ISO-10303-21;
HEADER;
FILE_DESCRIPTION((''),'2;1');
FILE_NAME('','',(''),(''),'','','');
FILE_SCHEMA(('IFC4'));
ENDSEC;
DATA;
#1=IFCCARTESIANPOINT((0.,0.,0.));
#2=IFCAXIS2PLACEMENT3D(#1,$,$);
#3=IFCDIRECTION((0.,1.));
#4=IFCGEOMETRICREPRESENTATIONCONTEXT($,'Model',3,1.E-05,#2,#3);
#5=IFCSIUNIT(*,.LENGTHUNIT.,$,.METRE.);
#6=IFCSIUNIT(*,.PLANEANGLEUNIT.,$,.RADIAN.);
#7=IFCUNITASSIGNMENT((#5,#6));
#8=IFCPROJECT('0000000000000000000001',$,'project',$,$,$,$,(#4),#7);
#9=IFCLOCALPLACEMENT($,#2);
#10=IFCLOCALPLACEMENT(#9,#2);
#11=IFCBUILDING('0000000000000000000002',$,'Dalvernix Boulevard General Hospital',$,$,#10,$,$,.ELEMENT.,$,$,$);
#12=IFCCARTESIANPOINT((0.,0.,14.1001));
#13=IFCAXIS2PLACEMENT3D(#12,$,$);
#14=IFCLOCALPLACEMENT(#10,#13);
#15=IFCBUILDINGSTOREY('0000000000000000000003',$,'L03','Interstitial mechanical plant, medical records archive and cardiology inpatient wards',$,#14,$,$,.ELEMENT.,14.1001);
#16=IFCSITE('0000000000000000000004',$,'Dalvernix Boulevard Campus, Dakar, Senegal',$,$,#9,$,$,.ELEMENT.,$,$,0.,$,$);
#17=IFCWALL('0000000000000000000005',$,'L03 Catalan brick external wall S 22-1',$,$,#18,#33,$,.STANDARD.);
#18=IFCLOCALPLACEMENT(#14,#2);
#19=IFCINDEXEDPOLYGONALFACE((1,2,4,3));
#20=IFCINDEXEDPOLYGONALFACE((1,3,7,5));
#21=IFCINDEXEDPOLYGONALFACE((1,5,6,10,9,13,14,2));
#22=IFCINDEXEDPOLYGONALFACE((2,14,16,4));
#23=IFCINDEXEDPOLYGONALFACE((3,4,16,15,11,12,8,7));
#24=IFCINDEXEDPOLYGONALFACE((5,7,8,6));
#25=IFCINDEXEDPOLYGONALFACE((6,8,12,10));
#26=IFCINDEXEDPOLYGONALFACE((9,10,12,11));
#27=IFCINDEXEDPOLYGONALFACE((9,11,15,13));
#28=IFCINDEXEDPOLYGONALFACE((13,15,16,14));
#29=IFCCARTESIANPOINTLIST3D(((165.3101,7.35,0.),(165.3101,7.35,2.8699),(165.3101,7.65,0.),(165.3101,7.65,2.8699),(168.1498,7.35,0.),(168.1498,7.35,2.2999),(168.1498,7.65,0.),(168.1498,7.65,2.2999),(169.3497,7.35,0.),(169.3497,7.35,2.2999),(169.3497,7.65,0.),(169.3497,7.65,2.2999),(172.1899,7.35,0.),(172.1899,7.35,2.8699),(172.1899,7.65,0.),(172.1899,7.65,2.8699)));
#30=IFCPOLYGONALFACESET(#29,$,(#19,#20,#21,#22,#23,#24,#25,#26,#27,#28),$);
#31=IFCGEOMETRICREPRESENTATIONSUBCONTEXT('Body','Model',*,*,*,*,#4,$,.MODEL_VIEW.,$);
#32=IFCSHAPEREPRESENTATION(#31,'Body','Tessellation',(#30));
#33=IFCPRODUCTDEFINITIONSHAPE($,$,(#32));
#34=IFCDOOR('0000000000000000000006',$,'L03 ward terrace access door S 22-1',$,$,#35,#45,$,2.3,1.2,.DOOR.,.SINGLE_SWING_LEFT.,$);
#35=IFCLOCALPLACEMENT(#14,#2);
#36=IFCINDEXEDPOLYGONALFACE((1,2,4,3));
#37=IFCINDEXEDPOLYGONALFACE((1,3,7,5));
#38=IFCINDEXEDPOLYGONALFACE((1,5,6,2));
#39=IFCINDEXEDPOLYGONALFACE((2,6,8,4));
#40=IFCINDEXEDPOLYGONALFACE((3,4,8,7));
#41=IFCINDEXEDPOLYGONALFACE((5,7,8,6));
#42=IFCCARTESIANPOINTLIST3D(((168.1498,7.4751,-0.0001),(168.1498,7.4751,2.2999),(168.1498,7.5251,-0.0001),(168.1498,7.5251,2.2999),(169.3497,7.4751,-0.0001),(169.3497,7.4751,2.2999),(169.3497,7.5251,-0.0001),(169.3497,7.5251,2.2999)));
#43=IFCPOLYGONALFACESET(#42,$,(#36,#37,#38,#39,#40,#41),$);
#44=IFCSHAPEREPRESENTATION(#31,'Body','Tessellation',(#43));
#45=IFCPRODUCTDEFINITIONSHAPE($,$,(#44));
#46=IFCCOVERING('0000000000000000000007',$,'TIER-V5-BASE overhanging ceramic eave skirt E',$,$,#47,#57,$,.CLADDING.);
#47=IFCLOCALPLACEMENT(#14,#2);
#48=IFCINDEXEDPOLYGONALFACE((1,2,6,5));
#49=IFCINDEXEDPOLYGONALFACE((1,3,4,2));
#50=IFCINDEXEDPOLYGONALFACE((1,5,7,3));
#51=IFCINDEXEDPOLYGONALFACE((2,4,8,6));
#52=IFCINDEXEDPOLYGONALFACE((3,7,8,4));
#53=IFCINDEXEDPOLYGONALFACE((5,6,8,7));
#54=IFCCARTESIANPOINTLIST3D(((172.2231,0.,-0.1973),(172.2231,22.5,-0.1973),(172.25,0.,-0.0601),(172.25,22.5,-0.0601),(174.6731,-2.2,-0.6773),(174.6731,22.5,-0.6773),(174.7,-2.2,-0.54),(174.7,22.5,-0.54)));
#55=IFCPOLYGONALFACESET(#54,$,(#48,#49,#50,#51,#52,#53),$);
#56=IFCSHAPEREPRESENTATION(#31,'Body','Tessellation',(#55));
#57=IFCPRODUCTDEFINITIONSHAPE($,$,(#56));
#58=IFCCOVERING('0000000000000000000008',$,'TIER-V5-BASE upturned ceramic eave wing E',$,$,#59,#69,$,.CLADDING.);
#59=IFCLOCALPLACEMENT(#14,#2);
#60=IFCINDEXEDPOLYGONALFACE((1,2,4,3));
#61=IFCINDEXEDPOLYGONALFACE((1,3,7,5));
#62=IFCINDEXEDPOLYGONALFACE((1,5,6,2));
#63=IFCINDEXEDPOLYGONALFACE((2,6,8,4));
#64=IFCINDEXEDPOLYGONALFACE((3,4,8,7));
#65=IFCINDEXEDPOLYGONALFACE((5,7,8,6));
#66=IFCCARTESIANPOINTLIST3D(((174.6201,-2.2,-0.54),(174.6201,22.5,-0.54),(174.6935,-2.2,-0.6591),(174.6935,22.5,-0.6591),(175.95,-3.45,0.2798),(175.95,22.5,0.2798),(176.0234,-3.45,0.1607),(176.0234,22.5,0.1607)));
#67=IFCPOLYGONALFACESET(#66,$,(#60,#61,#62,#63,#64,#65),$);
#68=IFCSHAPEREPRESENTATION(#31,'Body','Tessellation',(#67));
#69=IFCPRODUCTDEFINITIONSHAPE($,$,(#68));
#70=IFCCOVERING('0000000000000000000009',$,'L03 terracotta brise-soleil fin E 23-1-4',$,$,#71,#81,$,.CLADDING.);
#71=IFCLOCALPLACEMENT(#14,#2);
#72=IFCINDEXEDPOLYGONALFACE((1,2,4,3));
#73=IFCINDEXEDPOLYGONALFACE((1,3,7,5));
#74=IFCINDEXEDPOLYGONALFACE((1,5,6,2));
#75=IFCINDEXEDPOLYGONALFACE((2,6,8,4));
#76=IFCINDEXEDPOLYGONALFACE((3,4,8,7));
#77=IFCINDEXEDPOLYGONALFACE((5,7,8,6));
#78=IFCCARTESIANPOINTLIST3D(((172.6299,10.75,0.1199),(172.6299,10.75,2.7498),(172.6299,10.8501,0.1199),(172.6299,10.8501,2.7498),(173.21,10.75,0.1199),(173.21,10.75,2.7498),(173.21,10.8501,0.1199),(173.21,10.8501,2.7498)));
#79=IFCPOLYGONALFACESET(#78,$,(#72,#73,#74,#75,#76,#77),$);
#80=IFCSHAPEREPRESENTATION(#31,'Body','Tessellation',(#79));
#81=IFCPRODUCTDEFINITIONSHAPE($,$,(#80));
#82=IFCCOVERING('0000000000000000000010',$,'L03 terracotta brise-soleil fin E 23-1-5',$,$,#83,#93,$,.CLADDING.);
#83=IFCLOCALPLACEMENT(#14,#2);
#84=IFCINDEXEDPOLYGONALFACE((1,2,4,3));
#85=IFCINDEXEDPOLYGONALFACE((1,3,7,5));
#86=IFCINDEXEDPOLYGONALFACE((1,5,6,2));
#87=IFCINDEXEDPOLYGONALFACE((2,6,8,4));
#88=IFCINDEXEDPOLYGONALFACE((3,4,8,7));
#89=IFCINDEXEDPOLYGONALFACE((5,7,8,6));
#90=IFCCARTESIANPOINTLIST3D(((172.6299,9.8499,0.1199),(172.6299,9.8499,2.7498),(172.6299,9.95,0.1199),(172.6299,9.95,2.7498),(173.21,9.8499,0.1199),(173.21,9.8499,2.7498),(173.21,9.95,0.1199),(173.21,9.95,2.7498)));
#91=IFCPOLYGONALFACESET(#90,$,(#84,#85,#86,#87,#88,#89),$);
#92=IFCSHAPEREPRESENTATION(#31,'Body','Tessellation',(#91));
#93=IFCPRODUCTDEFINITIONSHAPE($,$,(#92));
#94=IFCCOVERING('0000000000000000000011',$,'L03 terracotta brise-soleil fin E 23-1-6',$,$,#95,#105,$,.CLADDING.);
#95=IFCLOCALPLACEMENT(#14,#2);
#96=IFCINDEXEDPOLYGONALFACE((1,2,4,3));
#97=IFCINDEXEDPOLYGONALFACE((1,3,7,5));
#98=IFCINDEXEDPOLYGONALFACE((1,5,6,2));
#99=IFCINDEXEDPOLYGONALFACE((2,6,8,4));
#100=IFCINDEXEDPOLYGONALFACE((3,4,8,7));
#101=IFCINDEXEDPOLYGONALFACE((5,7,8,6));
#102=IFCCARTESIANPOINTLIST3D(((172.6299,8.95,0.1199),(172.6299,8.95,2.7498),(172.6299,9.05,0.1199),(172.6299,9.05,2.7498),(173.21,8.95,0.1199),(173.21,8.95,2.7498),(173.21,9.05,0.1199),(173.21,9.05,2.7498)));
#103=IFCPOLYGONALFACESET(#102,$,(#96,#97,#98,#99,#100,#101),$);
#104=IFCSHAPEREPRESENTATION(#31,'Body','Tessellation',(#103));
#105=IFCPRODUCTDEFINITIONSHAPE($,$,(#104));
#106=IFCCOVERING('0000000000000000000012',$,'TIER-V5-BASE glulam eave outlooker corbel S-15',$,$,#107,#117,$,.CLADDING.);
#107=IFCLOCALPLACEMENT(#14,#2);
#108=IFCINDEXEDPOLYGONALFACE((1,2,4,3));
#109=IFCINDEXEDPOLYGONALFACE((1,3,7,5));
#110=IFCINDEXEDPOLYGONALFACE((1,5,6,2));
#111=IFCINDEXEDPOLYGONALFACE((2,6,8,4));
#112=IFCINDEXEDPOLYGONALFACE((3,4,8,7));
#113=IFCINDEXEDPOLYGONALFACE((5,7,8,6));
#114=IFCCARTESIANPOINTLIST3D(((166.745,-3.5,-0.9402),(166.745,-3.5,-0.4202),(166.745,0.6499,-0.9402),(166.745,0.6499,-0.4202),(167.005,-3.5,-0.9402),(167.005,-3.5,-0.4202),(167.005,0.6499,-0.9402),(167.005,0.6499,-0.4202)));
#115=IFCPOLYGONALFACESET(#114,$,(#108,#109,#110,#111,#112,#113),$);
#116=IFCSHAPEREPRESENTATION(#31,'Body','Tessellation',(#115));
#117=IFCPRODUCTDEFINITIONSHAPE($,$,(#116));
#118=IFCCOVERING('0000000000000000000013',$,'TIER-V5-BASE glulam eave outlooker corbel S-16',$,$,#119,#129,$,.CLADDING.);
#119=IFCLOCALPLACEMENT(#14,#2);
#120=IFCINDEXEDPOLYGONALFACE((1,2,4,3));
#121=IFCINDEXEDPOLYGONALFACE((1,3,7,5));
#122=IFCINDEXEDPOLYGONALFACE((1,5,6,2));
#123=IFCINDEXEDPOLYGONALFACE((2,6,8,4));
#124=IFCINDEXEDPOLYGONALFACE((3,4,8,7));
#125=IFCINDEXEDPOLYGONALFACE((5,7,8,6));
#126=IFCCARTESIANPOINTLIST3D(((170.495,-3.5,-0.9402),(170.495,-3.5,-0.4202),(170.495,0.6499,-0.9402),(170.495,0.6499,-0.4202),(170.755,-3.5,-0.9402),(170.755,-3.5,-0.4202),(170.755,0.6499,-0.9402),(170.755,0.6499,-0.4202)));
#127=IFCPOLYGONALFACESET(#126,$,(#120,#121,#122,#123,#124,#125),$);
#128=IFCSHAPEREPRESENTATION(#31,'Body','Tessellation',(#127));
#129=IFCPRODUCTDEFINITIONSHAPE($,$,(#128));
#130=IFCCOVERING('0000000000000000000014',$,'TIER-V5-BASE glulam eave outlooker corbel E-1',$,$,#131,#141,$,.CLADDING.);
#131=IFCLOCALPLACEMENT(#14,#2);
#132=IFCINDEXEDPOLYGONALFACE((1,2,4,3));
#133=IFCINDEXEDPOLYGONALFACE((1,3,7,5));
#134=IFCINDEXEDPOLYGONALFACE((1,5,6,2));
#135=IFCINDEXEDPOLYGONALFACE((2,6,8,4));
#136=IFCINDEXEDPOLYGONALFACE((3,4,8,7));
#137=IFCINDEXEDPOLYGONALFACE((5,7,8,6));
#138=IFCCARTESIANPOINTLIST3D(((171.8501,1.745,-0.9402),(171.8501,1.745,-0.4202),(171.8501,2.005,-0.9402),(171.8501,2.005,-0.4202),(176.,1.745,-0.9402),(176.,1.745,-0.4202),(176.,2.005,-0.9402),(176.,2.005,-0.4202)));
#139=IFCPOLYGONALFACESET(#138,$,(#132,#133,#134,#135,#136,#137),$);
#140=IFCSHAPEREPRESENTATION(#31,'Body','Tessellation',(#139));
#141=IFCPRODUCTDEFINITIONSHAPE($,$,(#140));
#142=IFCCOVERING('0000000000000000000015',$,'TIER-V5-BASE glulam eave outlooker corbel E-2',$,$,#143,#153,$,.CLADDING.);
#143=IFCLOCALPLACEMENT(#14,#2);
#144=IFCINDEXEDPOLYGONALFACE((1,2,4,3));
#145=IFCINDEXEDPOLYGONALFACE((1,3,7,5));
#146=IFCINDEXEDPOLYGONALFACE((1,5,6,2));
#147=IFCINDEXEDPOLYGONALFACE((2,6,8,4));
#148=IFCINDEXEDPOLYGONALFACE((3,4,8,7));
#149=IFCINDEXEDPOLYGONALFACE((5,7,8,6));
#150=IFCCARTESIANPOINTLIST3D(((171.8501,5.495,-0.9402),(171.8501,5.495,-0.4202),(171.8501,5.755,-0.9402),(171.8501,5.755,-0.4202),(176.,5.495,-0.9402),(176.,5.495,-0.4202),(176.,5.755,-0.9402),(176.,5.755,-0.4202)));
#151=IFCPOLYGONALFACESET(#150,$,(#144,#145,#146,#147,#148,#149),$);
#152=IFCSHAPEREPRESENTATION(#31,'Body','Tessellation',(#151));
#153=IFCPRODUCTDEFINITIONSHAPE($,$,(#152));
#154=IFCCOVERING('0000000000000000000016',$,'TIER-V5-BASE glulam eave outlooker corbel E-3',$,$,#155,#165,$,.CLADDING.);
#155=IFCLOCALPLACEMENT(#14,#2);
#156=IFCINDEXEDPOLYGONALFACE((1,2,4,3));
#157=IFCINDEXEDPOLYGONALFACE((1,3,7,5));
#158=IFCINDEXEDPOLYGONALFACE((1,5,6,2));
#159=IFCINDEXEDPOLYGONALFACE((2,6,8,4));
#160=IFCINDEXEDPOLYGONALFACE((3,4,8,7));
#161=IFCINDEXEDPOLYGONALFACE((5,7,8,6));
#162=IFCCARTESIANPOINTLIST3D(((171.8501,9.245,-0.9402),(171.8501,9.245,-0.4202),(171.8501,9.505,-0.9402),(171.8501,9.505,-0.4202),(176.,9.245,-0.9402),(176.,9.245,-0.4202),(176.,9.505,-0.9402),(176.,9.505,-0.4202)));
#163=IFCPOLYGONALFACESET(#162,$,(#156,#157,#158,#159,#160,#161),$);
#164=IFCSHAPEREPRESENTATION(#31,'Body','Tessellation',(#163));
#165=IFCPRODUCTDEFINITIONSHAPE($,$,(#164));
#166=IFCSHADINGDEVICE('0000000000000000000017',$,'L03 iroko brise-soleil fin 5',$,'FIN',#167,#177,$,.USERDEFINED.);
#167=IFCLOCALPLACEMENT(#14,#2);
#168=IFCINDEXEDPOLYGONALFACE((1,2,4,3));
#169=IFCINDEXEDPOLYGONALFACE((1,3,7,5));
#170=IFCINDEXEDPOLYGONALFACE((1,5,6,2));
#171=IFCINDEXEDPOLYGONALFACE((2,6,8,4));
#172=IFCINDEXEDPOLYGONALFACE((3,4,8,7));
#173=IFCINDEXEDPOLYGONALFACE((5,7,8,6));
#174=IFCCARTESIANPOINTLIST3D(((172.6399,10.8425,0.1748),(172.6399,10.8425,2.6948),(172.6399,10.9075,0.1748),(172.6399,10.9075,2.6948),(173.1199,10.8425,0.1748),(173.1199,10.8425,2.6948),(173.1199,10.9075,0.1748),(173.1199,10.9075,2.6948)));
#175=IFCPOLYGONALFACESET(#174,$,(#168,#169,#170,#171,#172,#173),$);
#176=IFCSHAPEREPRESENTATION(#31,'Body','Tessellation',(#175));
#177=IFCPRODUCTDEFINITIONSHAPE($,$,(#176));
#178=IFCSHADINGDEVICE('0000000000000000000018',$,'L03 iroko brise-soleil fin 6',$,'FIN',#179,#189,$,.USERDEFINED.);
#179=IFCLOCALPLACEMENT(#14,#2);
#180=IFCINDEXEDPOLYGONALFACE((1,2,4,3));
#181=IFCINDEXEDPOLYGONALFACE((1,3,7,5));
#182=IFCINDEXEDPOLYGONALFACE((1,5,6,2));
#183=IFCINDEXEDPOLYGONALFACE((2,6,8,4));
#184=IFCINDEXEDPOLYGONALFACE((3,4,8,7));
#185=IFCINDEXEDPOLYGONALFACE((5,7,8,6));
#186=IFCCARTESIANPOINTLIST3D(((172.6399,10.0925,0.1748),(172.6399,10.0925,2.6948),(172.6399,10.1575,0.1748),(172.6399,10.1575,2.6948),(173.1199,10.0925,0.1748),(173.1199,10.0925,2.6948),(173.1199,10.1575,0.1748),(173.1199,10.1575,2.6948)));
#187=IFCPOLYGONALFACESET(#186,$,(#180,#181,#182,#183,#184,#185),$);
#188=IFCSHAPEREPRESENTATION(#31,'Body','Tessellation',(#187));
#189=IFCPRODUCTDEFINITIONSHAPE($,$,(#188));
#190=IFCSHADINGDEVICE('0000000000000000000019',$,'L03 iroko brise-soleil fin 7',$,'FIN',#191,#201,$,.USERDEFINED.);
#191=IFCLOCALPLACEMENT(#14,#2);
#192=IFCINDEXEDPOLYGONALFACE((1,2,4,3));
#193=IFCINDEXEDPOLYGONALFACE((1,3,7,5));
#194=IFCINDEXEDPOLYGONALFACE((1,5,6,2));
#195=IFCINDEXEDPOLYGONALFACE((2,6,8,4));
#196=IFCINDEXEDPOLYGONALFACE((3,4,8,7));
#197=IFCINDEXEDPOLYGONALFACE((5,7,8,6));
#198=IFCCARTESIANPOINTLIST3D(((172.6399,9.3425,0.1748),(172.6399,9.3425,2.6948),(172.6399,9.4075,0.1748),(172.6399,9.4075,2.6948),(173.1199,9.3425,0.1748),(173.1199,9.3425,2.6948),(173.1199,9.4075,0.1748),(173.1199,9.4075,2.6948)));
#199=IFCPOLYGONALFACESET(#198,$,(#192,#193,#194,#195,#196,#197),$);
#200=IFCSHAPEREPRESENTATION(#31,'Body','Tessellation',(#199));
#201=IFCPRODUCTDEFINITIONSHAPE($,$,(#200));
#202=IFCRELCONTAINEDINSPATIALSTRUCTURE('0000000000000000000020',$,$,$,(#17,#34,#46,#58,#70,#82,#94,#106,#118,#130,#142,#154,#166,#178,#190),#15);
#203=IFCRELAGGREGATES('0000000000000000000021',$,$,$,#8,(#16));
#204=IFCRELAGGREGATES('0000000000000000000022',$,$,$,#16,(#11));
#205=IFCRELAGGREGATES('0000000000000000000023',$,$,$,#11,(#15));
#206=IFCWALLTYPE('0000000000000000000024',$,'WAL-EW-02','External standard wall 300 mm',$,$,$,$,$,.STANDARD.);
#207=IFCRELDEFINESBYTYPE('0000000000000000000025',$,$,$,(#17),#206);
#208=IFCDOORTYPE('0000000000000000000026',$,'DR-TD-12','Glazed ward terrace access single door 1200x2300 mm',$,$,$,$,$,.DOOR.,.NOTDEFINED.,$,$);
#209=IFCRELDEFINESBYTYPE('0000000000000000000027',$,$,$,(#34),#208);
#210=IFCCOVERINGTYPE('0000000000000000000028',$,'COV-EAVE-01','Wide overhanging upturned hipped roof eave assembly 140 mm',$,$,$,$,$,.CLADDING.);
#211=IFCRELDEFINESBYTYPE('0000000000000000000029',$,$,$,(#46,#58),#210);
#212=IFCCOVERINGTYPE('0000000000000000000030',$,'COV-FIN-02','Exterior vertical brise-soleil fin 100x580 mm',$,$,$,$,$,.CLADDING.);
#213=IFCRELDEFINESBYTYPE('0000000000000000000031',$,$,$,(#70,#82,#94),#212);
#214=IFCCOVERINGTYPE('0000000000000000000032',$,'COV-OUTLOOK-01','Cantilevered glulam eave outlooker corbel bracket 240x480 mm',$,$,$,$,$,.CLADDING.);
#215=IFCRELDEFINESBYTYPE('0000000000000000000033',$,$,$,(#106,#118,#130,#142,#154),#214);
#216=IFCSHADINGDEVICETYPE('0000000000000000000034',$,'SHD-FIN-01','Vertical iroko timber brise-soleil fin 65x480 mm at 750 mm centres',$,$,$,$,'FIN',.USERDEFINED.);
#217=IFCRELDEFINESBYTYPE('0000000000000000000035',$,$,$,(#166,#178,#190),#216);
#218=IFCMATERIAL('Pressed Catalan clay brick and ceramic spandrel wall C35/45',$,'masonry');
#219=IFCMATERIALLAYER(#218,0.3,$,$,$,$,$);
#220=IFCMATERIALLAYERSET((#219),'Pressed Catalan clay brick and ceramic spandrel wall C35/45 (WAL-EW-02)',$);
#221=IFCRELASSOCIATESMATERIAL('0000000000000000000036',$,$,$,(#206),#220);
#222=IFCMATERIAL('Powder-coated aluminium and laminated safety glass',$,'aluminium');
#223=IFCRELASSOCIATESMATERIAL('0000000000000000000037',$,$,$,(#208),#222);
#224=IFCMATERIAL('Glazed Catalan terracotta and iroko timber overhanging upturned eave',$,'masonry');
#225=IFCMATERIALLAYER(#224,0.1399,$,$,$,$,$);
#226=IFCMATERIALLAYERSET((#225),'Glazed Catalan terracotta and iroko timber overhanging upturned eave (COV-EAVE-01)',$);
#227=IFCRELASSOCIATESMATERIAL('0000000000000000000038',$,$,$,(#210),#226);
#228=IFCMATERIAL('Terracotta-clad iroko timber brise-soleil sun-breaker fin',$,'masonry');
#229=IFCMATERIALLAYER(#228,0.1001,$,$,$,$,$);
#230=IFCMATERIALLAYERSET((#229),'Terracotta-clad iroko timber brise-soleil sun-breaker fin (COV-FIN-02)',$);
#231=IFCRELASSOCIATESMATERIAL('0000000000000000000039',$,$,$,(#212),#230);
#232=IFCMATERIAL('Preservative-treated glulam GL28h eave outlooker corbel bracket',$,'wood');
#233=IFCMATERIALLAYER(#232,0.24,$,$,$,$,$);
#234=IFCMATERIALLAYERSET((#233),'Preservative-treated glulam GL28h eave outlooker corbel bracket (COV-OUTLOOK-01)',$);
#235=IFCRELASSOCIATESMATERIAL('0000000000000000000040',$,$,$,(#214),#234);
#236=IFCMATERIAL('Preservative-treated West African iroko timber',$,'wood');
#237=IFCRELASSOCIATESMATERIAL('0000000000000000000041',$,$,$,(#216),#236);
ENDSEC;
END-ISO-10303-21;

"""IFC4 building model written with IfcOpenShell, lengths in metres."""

from ifc_helpers import new_model, si_unit, direction, frame, frame_2d, origin, origin_2d, place, context, subcontext, project, spatial, polyline, rectangle, outline, extrude, material, layer, layer_set, type_object, element, fill, save


model = new_model("IFC4")

# Units and contexts
model_context = context("Model", 3, precision=1e-05, world=origin(), true_north=direction((0.0, 1.0)))
body_context = subcontext(model_context, "Body", "Model", "MODEL_VIEW")
ifc_project = project(units=[si_unit("LENGTHUNIT", "METRE"), si_unit("PLANEANGLEUNIT", "RADIAN")], contexts=[model_context])

# Site, building, storey
site_placement = place(None, origin())
site = spatial("IfcSite", under=ifc_project, at=site_placement, Name="Dalvernix Boulevard Campus, Dakar, Senegal", CompositionType="ELEMENT", RefElevation=0.0)
building_placement = place(site_placement, origin())
building = spatial("IfcBuilding", under=site, at=building_placement, Name="Dalvernix Boulevard General Hospital", CompositionType="ELEMENT")
storey_placement = place(building_placement, frame((0.0, 0.0, 14.1001)))
storey = spatial("IfcBuildingStorey", under=building, at=storey_placement, Name="L03", Description="Interstitial mechanical plant, medical records archive and cardiology inpatient wards", CompositionType="ELEMENT", Elevation=14.1001)

# Wall, opening, door
ifc_material_1 = material(Name="Pressed Catalan clay brick and ceramic spandrel wall C35/45", Category="masonry")
ifc_layer_1 = layer(ifc_material_1, 0.3)
ifc_layer_set_1 = layer_set([ifc_layer_1], Name="Pressed Catalan clay brick and ceramic spandrel wall C35/45 (WAL-EW-02)")
wall_type = type_object("IfcWallType", Name="WAL-EW-02", Description="External standard wall 300 mm", PredefinedType="STANDARD", material=ifc_layer_set_1)
ifc_material_2 = material(Name="Powder-coated aluminium and laminated safety glass", Category="aluminium")
wall_1_placement = place(storey_placement, frame((172.1899, 7.5, 0.0), z_axis=(0.0, 0.0, 1.0), x_axis=(-1.0, 0.0, 0.0)))
wall_1 = element("IfcWall", 1, at=wall_1_placement, inside=storey, type_object=wall_type, Name="L03 Catalan brick external wall S 22-1", PredefinedType="STANDARD", context=body_context, shape_type="SweptSolid", body=[
    extrude(rectangle(XDim=6.8799, YDim=0.3, at=frame_2d((3.4399, 0.0))), origin(), (0.0, 0.0, 1.0), 2.8699),
])
opening_1_placement = place(wall_1_placement, frame((2.8401, 0.0, 0.0)))
opening_1 = element("IfcOpeningElement", 2, at=opening_1_placement, cuts=wall_1, PredefinedType="OPENING", context=body_context, shape_type="SweptSolid", body=[
    extrude(rectangle(XDim=1.2, YDim=2.3, at=frame_2d((0.6001, 1.1499))), frame((0.0, 0.1599, 0.0), z_axis=(0.0, -1.0, 0.0), x_axis=(1.0, 0.0, 0.0)), (0.0, 0.0, 1.0), 0.3201),
])
door_type_1 = type_object("IfcDoorType", Name="DR-TD-12", Description="Glazed ward terrace access single door 1200x2300 mm", OperationType="NOTDEFINED", PredefinedType="DOOR", material=ifc_material_2)
door_1_placement = place(opening_1_placement, origin())
door_1 = element("IfcDoor", 3, at=door_1_placement, inside=storey, type_object=door_type_1, Name="L03 ward terrace access door S 22-1", OperationType="SINGLE_SWING_LEFT", OverallHeight=2.3, OverallWidth=1.2, PredefinedType="DOOR", context=body_context, shape_type="SweptSolid", body=[
    extrude(rectangle(XDim=1.2, YDim=2.3, at=frame_2d((0.6001, 1.1499))), frame((0.0, 0.0249, 0.0), z_axis=(0.0, -1.0, 0.0), x_axis=(1.0, 0.0, 0.0)), (0.0, 0.0, 1.0), 0.05),
])
fill(opening_1, door_1)

# Coverings
ifc_material_3 = material(Name="Glazed Catalan terracotta and iroko timber overhanging upturned eave", Category="masonry")
ifc_layer_2 = layer(ifc_material_3, 0.1399)
ifc_layer_set_2 = layer_set([ifc_layer_2], Name="Glazed Catalan terracotta and iroko timber overhanging upturned eave (COV-EAVE-01)")
covering_type_1 = type_object("IfcCoveringType", Name="COV-EAVE-01", Description="Wide overhanging upturned hipped roof eave assembly 140 mm", PredefinedType="CLADDING", material=ifc_layer_set_2)
covering_1_placement = place(storey_placement, frame((172.25, 0.0, -0.0601), z_axis=(0.192259, 0.0, 0.981344), x_axis=(0.0, 1.0, 0.0)))
element("IfcCovering", 4, at=covering_1_placement, inside=storey, type_object=covering_type_1, Name="TIER-V5-BASE overhanging ceramic eave skirt E", PredefinedType="CLADDING", context=body_context, shape_type="SweptSolid", body=[
    extrude(outline(polyline([(0.0, 0.0), (22.5, 0.0), (22.5, -2.4965), (-2.2, -2.4965), (0.0, 0.0)])), origin(), (0.0, 0.0, -1.0), 0.1399),
])
covering_2_placement = place(storey_placement, frame((174.6201, -2.2, -0.54), z_axis=(-0.524777, 0.0, 0.85124), x_axis=(0.0, 1.0, 0.0)))
element("IfcCovering", 5, at=covering_2_placement, inside=storey, type_object=covering_type_1, Name="TIER-V5-BASE upturned ceramic eave wing E", PredefinedType="CLADDING", context=body_context, shape_type="SweptSolid", body=[
    extrude(outline(polyline([(0.0, 0.0), (24.7, 0.0), (24.7, -1.5622), (-1.25, -1.5622), (0.0, 0.0)])), origin(), (0.0, 0.0, -1.0), 0.1399),
])
ifc_material_4 = material(Name="Terracotta-clad iroko timber brise-soleil sun-breaker fin", Category="masonry")
ifc_layer_3 = layer(ifc_material_4, 0.1001)
ifc_layer_set_3 = layer_set([ifc_layer_3], Name="Terracotta-clad iroko timber brise-soleil sun-breaker fin (COV-FIN-02)")
covering_type_2 = type_object("IfcCoveringType", Name="COV-FIN-02", Description="Exterior vertical brise-soleil fin 100x580 mm", PredefinedType="CLADDING", material=ifc_layer_set_3)
for number, where, z_axis, x_axis, name in (
    (6, (172.9199, 10.8, 0.1199), (0.0, 0.0, 1.0), (0.0, -1.0, 0.0), "L03 terracotta brise-soleil fin E 23-1-4"),
    (7, (172.9199, 9.8999, 0.1199), (0.0, 0.0, 1.0), (0.0, -1.0, 0.0), "L03 terracotta brise-soleil fin E 23-1-5"),
    (8, (172.9199, 9.0, 0.1199), (0.0, 0.0, 1.0), (0.0, -1.0, 0.0), "L03 terracotta brise-soleil fin E 23-1-6"),
):
    element("IfcCovering", number, at=place(storey_placement, frame(where, z_axis=z_axis, x_axis=x_axis)), inside=storey, type_object=covering_type_2, Name=name, PredefinedType="CLADDING", context=body_context, shape_type="SweptSolid", body=[
        extrude(rectangle(XDim=0.1001, YDim=0.5801, at=origin_2d()), origin(), (0.0, 0.0, 1.0), 2.6299),
    ])
ifc_material_5 = material(Name="Preservative-treated glulam GL28h eave outlooker corbel bracket", Category="wood")
ifc_layer_4 = layer(ifc_material_5, 0.24)
ifc_layer_set_4 = layer_set([ifc_layer_4], Name="Preservative-treated glulam GL28h eave outlooker corbel bracket (COV-OUTLOOK-01)")
covering_type_3 = type_object("IfcCoveringType", Name="COV-OUTLOOK-01", Description="Cantilevered glulam eave outlooker corbel bracket 240x480 mm", PredefinedType="CLADDING", material=ifc_layer_set_4)
for number, where, z_axis, x_axis, name in (
    (9, (166.875, -1.425, -0.9402), (0.0, 0.0, 1.0), (1.0, 0.0, 0.0), "TIER-V5-BASE glulam eave outlooker corbel S-15"),
    (10, (170.625, -1.425, -0.9402), (0.0, 0.0, 1.0), (1.0, 0.0, 0.0), "TIER-V5-BASE glulam eave outlooker corbel S-16"),
):
    element("IfcCovering", number, at=place(storey_placement, frame(where, z_axis=z_axis, x_axis=x_axis)), inside=storey, type_object=covering_type_3, Name=name, PredefinedType="CLADDING", context=body_context, shape_type="SweptSolid", body=[
        extrude(rectangle(XDim=0.26, YDim=4.1499, at=origin_2d()), origin(), (0.0, 0.0, 1.0), 0.52),
    ])
for number, where, z_axis, x_axis, name in (
    (11, (173.925, 1.875, -0.9402), (0.0, 0.0, 1.0), (1.0, 0.0, 0.0), "TIER-V5-BASE glulam eave outlooker corbel E-1"),
    (12, (173.925, 5.625, -0.9402), (0.0, 0.0, 1.0), (1.0, 0.0, 0.0), "TIER-V5-BASE glulam eave outlooker corbel E-2"),
    (13, (173.925, 9.375, -0.9402), (0.0, 0.0, 1.0), (1.0, 0.0, 0.0), "TIER-V5-BASE glulam eave outlooker corbel E-3"),
):
    element("IfcCovering", number, at=place(storey_placement, frame(where, z_axis=z_axis, x_axis=x_axis)), inside=storey, type_object=covering_type_3, Name=name, PredefinedType="CLADDING", context=body_context, shape_type="SweptSolid", body=[
        extrude(rectangle(XDim=4.1499, YDim=0.26, at=origin_2d()), origin(), (0.0, 0.0, 1.0), 0.52),
    ])

# Shading devices
ifc_material_6 = material(Name="Preservative-treated West African iroko timber", Category="wood")
shading_device_type = type_object("IfcShadingDeviceType", Name="SHD-FIN-01", Description="Vertical iroko timber brise-soleil fin 65x480 mm at 750 mm centres", ElementType="FIN", PredefinedType="USERDEFINED", material=ifc_material_6)
for number, where, z_axis, x_axis, name in (
    (14, (172.8799, 10.875, 0.1748), (0.0, 0.0, 1.0), (0.0, -1.0, 0.0), "L03 iroko brise-soleil fin 5"),
    (15, (172.8799, 10.125, 0.1748), (0.0, 0.0, 1.0), (0.0, -1.0, 0.0), "L03 iroko brise-soleil fin 6"),
    (16, (172.8799, 9.375, 0.1748), (0.0, 0.0, 1.0), (0.0, -1.0, 0.0), "L03 iroko brise-soleil fin 7"),
):
    element("IfcShadingDevice", number, at=place(storey_placement, frame(where, z_axis=z_axis, x_axis=x_axis)), inside=storey, type_object=shading_device_type, Name=name, ObjectType="FIN", PredefinedType="USERDEFINED", context=body_context, shape_type="SweptSolid", body=[
        extrude(rectangle(XDim=0.0649, YDim=0.48, at=origin_2d()), origin(), (0.0, 0.0, 1.0), 2.52),
    ])

save(model, "model.ifc")
